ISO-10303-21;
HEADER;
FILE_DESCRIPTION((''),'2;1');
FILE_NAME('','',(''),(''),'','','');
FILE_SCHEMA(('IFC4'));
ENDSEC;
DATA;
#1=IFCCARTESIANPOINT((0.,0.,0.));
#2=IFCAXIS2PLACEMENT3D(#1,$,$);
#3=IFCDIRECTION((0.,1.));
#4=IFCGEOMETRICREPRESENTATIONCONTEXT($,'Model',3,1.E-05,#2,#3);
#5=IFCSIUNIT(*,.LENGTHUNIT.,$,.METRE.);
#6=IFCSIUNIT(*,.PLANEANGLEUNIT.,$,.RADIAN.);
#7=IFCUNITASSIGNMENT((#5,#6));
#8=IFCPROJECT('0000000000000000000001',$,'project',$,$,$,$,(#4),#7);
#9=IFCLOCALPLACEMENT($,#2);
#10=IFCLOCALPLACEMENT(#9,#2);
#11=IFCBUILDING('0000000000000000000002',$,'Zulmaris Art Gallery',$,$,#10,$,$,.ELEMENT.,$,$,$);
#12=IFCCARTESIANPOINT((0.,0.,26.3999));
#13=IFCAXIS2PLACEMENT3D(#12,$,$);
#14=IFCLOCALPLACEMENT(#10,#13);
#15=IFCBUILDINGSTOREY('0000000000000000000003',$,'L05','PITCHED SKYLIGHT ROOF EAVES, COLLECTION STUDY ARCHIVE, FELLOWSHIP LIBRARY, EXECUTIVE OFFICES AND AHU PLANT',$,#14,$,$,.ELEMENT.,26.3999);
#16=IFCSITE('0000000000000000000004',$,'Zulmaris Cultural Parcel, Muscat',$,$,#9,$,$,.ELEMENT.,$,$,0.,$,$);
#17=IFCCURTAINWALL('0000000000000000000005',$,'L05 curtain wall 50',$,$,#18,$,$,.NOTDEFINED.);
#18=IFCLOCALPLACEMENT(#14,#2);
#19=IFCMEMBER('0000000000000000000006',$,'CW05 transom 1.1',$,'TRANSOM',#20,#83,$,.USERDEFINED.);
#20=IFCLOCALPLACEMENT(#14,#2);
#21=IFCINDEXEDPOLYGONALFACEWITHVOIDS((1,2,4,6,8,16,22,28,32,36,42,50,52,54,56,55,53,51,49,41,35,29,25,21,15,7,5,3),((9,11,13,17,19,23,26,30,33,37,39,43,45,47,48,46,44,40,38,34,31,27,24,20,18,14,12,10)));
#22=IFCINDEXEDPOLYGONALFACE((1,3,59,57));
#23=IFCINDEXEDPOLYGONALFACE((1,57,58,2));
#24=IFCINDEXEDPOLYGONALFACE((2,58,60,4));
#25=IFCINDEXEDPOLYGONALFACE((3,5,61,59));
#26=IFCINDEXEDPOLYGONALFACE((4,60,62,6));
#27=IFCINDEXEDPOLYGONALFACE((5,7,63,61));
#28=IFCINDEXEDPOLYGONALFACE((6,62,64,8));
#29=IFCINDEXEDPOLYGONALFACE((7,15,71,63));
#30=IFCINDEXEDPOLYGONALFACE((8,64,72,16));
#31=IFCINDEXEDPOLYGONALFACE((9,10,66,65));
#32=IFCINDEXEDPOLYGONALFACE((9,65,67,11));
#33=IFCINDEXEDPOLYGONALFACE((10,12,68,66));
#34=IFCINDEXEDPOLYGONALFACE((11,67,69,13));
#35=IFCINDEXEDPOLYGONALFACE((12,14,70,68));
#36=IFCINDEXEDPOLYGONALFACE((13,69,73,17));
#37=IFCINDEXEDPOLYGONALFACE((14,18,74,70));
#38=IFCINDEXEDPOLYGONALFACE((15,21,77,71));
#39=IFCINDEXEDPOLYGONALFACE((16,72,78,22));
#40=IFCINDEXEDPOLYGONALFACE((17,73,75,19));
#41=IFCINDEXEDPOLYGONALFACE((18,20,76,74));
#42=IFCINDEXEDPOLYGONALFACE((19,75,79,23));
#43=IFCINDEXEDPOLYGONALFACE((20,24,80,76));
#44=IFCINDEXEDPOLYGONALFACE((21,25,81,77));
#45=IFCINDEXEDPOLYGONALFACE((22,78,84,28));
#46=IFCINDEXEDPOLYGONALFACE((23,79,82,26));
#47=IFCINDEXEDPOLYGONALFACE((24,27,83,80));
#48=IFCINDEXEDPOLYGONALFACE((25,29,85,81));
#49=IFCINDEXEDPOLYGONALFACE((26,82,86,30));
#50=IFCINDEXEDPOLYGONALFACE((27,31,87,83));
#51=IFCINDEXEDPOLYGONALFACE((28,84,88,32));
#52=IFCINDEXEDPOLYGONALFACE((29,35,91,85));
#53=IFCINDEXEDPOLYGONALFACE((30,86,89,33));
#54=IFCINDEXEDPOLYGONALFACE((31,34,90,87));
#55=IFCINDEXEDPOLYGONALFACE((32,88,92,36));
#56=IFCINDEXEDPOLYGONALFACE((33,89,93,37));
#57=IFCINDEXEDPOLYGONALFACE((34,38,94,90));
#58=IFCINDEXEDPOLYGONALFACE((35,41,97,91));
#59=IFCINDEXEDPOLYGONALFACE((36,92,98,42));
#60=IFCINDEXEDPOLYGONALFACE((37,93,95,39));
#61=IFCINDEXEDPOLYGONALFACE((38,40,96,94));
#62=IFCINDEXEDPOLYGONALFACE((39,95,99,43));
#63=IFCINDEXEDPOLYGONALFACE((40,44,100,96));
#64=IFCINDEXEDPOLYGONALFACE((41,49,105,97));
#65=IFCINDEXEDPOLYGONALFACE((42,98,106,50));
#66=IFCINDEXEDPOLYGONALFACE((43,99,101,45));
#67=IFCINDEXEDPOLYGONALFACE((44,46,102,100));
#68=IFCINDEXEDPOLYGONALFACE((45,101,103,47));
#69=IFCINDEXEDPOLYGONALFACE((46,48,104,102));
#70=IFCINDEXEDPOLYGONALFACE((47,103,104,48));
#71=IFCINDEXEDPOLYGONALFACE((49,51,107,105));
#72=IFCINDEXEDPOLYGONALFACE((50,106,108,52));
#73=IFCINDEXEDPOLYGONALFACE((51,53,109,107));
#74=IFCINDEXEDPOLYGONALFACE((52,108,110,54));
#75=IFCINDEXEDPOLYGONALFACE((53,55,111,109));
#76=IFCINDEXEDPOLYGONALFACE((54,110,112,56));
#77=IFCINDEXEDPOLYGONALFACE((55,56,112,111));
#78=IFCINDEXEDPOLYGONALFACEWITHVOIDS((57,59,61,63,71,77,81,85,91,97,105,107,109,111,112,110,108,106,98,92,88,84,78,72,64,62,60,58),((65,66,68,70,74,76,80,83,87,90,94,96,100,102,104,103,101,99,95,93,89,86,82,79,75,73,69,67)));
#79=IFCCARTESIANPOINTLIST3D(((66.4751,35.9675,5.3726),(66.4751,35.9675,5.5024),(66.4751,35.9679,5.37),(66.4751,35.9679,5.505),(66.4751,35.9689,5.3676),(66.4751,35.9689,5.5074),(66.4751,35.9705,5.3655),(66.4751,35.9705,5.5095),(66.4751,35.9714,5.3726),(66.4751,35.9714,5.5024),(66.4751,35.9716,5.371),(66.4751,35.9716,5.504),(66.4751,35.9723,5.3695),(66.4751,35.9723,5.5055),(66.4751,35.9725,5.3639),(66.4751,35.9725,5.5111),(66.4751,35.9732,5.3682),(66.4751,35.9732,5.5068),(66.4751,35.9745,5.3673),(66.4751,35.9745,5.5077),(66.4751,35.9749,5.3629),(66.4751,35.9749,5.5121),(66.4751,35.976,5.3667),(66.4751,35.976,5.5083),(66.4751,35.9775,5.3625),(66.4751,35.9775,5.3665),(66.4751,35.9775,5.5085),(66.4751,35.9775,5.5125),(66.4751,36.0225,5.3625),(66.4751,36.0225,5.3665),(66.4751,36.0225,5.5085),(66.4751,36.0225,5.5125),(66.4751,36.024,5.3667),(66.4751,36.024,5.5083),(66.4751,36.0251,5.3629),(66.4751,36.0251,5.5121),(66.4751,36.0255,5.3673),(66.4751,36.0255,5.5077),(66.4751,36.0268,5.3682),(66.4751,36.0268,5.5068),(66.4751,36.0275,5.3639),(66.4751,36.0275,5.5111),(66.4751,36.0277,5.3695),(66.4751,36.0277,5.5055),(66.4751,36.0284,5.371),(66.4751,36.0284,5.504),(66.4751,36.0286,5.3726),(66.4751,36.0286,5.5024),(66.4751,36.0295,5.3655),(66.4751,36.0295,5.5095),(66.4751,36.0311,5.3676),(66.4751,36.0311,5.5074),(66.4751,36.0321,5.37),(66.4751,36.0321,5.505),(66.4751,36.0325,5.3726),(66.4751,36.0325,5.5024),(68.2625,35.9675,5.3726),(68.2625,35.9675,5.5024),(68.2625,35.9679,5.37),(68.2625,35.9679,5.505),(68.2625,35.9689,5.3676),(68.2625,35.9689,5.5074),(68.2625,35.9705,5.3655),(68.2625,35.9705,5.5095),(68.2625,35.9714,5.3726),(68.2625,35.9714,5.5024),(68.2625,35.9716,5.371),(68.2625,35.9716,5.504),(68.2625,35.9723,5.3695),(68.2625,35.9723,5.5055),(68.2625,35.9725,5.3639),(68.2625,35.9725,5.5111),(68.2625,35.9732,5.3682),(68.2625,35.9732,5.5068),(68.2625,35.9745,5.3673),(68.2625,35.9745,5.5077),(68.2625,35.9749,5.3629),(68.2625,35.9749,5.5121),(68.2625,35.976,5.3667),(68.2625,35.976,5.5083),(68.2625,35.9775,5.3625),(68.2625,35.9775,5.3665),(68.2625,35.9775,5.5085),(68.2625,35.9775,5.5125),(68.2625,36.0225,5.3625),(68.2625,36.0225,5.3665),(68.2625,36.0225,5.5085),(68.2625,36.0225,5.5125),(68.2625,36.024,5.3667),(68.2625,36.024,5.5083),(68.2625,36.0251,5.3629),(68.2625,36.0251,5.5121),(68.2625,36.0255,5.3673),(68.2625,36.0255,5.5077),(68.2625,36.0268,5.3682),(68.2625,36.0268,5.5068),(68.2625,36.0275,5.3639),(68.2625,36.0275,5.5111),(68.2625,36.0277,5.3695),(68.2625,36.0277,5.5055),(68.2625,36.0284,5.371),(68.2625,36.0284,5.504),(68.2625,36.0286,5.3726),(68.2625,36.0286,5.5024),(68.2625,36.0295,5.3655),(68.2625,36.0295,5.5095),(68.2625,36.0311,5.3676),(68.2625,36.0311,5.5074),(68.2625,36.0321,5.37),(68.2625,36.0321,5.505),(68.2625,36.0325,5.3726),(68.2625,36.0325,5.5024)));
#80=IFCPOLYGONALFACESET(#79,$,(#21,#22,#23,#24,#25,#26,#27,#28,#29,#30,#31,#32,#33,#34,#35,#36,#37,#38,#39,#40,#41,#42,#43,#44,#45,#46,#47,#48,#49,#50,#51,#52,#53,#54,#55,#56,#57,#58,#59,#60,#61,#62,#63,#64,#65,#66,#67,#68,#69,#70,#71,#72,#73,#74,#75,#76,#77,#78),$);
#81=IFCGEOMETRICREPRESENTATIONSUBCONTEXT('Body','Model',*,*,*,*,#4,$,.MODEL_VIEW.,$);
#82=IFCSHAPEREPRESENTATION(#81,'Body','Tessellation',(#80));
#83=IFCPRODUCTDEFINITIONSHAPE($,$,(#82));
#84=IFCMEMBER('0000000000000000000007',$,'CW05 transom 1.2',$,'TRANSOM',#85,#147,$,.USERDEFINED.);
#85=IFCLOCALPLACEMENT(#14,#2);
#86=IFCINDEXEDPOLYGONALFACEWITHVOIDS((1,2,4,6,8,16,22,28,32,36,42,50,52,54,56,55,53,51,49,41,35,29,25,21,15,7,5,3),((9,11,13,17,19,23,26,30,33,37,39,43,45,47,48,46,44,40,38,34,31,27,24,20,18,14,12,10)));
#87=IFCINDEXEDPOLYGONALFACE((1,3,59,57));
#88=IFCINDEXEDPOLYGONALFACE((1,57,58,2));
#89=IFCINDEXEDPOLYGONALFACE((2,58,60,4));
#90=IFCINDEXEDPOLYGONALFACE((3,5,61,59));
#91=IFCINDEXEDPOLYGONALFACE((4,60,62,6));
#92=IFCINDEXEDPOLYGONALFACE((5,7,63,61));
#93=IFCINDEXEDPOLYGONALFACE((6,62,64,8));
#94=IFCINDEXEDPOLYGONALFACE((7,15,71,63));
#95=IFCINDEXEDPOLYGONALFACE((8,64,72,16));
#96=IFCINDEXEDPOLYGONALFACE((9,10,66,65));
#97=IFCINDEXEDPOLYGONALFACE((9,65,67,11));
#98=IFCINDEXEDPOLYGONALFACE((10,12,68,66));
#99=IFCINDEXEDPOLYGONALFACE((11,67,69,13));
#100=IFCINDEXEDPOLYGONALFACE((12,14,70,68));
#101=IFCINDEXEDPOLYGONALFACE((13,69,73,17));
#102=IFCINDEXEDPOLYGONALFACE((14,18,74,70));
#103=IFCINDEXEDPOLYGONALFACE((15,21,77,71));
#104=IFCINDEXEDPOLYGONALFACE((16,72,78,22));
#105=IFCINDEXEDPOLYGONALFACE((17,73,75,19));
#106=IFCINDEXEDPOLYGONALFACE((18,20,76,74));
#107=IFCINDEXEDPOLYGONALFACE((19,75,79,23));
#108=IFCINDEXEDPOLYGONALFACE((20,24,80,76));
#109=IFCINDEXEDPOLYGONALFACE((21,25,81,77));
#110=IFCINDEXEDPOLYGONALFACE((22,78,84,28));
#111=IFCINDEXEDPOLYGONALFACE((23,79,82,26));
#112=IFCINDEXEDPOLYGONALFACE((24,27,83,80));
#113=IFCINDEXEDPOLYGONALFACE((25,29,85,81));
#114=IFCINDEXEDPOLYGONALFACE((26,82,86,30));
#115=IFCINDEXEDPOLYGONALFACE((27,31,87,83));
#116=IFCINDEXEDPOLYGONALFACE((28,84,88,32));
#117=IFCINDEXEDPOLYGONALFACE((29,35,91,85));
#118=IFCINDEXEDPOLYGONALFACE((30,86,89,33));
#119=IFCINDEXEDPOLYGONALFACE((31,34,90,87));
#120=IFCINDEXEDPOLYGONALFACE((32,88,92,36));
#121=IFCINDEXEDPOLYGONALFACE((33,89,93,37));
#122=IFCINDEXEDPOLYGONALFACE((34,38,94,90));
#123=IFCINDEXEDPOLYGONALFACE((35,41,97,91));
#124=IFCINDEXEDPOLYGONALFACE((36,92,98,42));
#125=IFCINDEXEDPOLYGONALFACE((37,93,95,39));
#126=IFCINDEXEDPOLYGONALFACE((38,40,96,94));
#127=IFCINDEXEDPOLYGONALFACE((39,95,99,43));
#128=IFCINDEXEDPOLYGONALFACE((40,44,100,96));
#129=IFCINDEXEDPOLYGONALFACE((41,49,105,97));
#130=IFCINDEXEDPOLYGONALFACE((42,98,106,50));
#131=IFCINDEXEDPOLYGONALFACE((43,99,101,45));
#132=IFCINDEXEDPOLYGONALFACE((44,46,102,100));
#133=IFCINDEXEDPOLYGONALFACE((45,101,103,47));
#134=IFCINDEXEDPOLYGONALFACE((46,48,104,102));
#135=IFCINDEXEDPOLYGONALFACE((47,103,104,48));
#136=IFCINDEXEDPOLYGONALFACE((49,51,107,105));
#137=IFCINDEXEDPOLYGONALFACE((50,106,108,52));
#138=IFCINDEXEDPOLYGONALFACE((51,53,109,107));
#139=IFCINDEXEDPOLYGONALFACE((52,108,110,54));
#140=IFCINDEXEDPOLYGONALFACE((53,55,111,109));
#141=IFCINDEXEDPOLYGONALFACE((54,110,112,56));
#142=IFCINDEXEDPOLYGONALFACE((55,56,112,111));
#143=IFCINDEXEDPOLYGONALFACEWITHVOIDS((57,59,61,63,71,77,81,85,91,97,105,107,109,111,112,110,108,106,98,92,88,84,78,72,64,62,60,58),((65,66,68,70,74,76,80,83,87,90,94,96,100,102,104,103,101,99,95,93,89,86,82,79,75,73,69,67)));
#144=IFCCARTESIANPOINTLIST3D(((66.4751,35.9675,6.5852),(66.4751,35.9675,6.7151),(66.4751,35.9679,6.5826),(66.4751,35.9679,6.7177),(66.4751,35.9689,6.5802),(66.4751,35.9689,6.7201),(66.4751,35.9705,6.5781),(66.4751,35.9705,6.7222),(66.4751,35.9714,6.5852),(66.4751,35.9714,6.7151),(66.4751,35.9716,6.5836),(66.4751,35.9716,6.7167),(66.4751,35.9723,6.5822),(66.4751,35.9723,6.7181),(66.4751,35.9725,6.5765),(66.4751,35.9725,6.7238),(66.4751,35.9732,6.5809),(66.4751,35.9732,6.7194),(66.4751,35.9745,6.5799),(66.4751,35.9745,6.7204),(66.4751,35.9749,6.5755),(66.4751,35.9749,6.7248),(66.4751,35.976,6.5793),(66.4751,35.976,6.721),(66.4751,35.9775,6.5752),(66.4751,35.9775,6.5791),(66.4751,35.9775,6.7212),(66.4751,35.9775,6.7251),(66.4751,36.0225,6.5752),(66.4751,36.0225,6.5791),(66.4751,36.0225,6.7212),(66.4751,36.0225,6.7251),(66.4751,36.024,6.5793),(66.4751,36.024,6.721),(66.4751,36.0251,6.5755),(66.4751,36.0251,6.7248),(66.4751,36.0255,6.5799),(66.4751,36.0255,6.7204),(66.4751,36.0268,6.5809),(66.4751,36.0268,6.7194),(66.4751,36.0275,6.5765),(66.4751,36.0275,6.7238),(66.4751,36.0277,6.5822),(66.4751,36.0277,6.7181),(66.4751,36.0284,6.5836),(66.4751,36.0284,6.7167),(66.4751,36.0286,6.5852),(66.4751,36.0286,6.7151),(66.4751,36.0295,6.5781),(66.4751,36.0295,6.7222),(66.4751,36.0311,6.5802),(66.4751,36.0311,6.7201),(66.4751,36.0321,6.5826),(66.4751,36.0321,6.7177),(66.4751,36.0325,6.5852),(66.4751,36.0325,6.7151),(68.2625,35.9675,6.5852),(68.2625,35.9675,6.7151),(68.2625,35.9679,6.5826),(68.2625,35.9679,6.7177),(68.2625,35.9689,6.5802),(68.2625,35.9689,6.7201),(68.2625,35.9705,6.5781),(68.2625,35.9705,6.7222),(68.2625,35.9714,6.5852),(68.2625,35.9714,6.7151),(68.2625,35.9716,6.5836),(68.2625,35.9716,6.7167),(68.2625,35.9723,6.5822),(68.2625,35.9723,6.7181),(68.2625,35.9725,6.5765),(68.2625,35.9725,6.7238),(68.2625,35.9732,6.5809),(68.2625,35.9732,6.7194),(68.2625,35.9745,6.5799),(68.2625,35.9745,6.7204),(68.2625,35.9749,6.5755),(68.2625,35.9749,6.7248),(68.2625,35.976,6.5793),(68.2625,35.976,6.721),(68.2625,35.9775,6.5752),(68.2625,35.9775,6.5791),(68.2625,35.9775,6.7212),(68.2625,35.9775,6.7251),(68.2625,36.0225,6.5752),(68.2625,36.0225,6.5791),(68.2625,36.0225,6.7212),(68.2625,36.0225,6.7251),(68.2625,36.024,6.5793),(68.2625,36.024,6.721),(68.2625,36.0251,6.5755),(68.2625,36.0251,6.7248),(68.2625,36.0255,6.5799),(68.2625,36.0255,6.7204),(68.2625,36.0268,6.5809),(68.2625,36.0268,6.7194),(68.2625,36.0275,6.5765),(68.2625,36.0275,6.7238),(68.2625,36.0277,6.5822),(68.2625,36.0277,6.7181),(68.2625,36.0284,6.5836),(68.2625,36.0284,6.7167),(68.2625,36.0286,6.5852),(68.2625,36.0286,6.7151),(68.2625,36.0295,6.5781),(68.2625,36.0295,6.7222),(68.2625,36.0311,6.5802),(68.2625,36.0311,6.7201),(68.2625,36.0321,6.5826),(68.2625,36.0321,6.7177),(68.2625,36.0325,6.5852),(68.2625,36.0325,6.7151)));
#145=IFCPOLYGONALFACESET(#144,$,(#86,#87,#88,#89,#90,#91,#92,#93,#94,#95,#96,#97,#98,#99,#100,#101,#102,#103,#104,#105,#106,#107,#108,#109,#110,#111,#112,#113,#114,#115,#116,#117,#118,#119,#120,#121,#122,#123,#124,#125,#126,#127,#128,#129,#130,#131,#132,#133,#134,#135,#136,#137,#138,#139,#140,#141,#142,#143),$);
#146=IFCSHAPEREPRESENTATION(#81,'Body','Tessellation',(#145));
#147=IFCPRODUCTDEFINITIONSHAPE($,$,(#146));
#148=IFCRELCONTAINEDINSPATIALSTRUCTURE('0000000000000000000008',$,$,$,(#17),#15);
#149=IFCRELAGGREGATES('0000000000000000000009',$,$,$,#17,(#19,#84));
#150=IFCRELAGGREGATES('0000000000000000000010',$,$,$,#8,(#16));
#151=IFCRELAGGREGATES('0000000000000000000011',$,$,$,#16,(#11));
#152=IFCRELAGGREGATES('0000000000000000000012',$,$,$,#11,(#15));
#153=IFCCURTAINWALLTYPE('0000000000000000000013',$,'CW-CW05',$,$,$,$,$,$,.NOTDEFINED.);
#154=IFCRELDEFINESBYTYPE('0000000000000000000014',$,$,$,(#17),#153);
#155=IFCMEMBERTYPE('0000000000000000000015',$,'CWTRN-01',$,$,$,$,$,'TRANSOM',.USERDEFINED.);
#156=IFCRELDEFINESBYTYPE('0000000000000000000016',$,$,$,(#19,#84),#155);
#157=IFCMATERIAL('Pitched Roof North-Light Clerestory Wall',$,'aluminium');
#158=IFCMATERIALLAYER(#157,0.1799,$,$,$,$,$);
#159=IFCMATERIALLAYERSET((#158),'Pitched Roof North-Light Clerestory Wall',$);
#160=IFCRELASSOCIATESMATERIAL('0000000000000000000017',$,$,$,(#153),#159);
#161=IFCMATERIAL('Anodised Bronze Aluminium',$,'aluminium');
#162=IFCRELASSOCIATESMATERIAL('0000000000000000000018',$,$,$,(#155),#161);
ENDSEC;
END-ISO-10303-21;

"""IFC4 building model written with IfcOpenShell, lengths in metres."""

from ifc_helpers import new_model, si_unit, direction, frame, origin, origin_2d, place, context, subcontext, project, spatial, hollow_rectangle, extrude, material, layer, layer_set, material_profile, profile_set, type_object, element, aggregate, save


model = new_model("IFC4")

# Units and contexts
model_context = context("Model", 3, precision=1e-05, world=origin(), true_north=direction((0.0, 1.0)))
body_context = subcontext(model_context, "Body", "Model", "MODEL_VIEW")
ifc_project = project(units=[si_unit("LENGTHUNIT", "METRE"), si_unit("PLANEANGLEUNIT", "RADIAN")], contexts=[model_context])

# Site, building, storey
site_placement = place(None, origin())
site = spatial("IfcSite", under=ifc_project, at=site_placement, Name="Zulmaris Cultural Parcel, Muscat", CompositionType="ELEMENT", RefElevation=0.0)
building_placement = place(site_placement, origin())
building = spatial("IfcBuilding", under=site, at=building_placement, Name="Zulmaris Art Gallery", CompositionType="ELEMENT")
storey_placement = place(building_placement, frame((0.0, 0.0, 26.3999)))
storey = spatial("IfcBuildingStorey", under=building, at=storey_placement, Name="L05", Description="PITCHED SKYLIGHT ROOF EAVES, COLLECTION STUDY ARCHIVE, FELLOWSHIP LIBRARY, EXECUTIVE OFFICES AND AHU PLANT", CompositionType="ELEMENT", Elevation=26.3999)

# Curtain wall, members
ifc_material_1 = material(Name="Pitched Roof North-Light Clerestory Wall", Category="aluminium")
ifc_layer_1 = layer(ifc_material_1, 0.1799)
ifc_layer_set_1 = layer_set([ifc_layer_1], Name="Pitched Roof North-Light Clerestory Wall")
curtain_wall_type = type_object("IfcCurtainWallType", Name="CW-CW05", PredefinedType="NOTDEFINED", material=ifc_layer_set_1)
curtain_wall_placement = place(storey_placement, origin())
curtain_wall = element("IfcCurtainWall", 1, at=curtain_wall_placement, inside=storey, type_object=curtain_wall_type, Name="L05 curtain wall 50", PredefinedType="NOTDEFINED")
ifc_material_2 = material(Name="Anodised Bronze Aluminium", Category="aluminium")
ifc_material_profile_1 = material_profile(ifc_material_2, hollow_rectangle(XDim=0.0649, YDim=0.1499, WallThickness=0.0039, InnerFilletRadius=0.0061, OuterFilletRadius=0.01, at=origin_2d()), Name="ALU 65x150x4")
ifc_profile_set_1 = profile_set([ifc_material_profile_1], Name="Anodised Bronze Aluminium")
member_type_1 = type_object("IfcMemberType", Name="CWTRN-01", ElementType="TRANSOM", PredefinedType="USERDEFINED", material=ifc_profile_set_1)
member_1_placement = place(storey_placement, frame((66.4751, 36.0, 5.4375), z_axis=(1.0, 0.0, 0.0), x_axis=(0.0, 1.0, 0.0)))
member_1 = element("IfcMember", 2, at=member_1_placement, type_object=member_type_1, Name="CW05 transom 1.1", ObjectType="TRANSOM", PredefinedType="USERDEFINED", context=body_context, shape_type="SweptSolid", body=[
    extrude(hollow_rectangle(XDim=0.0649, YDim=0.1499, WallThickness=0.0039, InnerFilletRadius=0.0061, OuterFilletRadius=0.01, at=origin_2d()), origin(), (0.0, 0.0, 1.0), 1.7874),
])
member_2_placement = place(storey_placement, frame((66.4751, 36.0, 6.6501), z_axis=(1.0, 0.0, 0.0), x_axis=(0.0, 1.0, 0.0)))
member_2 = element("IfcMember", 3, at=member_2_placement, type_object=member_type_1, Name="CW05 transom 1.2", ObjectType="TRANSOM", PredefinedType="USERDEFINED", context=body_context, shape_type="SweptSolid", body=[
    extrude(hollow_rectangle(XDim=0.0649, YDim=0.1499, WallThickness=0.0039, InnerFilletRadius=0.0061, OuterFilletRadius=0.01, at=origin_2d()), origin(), (0.0, 0.0, 1.0), 1.7874),
])

aggregate(curtain_wall, [member_1, member_2])

save(model, "model.ifc")
